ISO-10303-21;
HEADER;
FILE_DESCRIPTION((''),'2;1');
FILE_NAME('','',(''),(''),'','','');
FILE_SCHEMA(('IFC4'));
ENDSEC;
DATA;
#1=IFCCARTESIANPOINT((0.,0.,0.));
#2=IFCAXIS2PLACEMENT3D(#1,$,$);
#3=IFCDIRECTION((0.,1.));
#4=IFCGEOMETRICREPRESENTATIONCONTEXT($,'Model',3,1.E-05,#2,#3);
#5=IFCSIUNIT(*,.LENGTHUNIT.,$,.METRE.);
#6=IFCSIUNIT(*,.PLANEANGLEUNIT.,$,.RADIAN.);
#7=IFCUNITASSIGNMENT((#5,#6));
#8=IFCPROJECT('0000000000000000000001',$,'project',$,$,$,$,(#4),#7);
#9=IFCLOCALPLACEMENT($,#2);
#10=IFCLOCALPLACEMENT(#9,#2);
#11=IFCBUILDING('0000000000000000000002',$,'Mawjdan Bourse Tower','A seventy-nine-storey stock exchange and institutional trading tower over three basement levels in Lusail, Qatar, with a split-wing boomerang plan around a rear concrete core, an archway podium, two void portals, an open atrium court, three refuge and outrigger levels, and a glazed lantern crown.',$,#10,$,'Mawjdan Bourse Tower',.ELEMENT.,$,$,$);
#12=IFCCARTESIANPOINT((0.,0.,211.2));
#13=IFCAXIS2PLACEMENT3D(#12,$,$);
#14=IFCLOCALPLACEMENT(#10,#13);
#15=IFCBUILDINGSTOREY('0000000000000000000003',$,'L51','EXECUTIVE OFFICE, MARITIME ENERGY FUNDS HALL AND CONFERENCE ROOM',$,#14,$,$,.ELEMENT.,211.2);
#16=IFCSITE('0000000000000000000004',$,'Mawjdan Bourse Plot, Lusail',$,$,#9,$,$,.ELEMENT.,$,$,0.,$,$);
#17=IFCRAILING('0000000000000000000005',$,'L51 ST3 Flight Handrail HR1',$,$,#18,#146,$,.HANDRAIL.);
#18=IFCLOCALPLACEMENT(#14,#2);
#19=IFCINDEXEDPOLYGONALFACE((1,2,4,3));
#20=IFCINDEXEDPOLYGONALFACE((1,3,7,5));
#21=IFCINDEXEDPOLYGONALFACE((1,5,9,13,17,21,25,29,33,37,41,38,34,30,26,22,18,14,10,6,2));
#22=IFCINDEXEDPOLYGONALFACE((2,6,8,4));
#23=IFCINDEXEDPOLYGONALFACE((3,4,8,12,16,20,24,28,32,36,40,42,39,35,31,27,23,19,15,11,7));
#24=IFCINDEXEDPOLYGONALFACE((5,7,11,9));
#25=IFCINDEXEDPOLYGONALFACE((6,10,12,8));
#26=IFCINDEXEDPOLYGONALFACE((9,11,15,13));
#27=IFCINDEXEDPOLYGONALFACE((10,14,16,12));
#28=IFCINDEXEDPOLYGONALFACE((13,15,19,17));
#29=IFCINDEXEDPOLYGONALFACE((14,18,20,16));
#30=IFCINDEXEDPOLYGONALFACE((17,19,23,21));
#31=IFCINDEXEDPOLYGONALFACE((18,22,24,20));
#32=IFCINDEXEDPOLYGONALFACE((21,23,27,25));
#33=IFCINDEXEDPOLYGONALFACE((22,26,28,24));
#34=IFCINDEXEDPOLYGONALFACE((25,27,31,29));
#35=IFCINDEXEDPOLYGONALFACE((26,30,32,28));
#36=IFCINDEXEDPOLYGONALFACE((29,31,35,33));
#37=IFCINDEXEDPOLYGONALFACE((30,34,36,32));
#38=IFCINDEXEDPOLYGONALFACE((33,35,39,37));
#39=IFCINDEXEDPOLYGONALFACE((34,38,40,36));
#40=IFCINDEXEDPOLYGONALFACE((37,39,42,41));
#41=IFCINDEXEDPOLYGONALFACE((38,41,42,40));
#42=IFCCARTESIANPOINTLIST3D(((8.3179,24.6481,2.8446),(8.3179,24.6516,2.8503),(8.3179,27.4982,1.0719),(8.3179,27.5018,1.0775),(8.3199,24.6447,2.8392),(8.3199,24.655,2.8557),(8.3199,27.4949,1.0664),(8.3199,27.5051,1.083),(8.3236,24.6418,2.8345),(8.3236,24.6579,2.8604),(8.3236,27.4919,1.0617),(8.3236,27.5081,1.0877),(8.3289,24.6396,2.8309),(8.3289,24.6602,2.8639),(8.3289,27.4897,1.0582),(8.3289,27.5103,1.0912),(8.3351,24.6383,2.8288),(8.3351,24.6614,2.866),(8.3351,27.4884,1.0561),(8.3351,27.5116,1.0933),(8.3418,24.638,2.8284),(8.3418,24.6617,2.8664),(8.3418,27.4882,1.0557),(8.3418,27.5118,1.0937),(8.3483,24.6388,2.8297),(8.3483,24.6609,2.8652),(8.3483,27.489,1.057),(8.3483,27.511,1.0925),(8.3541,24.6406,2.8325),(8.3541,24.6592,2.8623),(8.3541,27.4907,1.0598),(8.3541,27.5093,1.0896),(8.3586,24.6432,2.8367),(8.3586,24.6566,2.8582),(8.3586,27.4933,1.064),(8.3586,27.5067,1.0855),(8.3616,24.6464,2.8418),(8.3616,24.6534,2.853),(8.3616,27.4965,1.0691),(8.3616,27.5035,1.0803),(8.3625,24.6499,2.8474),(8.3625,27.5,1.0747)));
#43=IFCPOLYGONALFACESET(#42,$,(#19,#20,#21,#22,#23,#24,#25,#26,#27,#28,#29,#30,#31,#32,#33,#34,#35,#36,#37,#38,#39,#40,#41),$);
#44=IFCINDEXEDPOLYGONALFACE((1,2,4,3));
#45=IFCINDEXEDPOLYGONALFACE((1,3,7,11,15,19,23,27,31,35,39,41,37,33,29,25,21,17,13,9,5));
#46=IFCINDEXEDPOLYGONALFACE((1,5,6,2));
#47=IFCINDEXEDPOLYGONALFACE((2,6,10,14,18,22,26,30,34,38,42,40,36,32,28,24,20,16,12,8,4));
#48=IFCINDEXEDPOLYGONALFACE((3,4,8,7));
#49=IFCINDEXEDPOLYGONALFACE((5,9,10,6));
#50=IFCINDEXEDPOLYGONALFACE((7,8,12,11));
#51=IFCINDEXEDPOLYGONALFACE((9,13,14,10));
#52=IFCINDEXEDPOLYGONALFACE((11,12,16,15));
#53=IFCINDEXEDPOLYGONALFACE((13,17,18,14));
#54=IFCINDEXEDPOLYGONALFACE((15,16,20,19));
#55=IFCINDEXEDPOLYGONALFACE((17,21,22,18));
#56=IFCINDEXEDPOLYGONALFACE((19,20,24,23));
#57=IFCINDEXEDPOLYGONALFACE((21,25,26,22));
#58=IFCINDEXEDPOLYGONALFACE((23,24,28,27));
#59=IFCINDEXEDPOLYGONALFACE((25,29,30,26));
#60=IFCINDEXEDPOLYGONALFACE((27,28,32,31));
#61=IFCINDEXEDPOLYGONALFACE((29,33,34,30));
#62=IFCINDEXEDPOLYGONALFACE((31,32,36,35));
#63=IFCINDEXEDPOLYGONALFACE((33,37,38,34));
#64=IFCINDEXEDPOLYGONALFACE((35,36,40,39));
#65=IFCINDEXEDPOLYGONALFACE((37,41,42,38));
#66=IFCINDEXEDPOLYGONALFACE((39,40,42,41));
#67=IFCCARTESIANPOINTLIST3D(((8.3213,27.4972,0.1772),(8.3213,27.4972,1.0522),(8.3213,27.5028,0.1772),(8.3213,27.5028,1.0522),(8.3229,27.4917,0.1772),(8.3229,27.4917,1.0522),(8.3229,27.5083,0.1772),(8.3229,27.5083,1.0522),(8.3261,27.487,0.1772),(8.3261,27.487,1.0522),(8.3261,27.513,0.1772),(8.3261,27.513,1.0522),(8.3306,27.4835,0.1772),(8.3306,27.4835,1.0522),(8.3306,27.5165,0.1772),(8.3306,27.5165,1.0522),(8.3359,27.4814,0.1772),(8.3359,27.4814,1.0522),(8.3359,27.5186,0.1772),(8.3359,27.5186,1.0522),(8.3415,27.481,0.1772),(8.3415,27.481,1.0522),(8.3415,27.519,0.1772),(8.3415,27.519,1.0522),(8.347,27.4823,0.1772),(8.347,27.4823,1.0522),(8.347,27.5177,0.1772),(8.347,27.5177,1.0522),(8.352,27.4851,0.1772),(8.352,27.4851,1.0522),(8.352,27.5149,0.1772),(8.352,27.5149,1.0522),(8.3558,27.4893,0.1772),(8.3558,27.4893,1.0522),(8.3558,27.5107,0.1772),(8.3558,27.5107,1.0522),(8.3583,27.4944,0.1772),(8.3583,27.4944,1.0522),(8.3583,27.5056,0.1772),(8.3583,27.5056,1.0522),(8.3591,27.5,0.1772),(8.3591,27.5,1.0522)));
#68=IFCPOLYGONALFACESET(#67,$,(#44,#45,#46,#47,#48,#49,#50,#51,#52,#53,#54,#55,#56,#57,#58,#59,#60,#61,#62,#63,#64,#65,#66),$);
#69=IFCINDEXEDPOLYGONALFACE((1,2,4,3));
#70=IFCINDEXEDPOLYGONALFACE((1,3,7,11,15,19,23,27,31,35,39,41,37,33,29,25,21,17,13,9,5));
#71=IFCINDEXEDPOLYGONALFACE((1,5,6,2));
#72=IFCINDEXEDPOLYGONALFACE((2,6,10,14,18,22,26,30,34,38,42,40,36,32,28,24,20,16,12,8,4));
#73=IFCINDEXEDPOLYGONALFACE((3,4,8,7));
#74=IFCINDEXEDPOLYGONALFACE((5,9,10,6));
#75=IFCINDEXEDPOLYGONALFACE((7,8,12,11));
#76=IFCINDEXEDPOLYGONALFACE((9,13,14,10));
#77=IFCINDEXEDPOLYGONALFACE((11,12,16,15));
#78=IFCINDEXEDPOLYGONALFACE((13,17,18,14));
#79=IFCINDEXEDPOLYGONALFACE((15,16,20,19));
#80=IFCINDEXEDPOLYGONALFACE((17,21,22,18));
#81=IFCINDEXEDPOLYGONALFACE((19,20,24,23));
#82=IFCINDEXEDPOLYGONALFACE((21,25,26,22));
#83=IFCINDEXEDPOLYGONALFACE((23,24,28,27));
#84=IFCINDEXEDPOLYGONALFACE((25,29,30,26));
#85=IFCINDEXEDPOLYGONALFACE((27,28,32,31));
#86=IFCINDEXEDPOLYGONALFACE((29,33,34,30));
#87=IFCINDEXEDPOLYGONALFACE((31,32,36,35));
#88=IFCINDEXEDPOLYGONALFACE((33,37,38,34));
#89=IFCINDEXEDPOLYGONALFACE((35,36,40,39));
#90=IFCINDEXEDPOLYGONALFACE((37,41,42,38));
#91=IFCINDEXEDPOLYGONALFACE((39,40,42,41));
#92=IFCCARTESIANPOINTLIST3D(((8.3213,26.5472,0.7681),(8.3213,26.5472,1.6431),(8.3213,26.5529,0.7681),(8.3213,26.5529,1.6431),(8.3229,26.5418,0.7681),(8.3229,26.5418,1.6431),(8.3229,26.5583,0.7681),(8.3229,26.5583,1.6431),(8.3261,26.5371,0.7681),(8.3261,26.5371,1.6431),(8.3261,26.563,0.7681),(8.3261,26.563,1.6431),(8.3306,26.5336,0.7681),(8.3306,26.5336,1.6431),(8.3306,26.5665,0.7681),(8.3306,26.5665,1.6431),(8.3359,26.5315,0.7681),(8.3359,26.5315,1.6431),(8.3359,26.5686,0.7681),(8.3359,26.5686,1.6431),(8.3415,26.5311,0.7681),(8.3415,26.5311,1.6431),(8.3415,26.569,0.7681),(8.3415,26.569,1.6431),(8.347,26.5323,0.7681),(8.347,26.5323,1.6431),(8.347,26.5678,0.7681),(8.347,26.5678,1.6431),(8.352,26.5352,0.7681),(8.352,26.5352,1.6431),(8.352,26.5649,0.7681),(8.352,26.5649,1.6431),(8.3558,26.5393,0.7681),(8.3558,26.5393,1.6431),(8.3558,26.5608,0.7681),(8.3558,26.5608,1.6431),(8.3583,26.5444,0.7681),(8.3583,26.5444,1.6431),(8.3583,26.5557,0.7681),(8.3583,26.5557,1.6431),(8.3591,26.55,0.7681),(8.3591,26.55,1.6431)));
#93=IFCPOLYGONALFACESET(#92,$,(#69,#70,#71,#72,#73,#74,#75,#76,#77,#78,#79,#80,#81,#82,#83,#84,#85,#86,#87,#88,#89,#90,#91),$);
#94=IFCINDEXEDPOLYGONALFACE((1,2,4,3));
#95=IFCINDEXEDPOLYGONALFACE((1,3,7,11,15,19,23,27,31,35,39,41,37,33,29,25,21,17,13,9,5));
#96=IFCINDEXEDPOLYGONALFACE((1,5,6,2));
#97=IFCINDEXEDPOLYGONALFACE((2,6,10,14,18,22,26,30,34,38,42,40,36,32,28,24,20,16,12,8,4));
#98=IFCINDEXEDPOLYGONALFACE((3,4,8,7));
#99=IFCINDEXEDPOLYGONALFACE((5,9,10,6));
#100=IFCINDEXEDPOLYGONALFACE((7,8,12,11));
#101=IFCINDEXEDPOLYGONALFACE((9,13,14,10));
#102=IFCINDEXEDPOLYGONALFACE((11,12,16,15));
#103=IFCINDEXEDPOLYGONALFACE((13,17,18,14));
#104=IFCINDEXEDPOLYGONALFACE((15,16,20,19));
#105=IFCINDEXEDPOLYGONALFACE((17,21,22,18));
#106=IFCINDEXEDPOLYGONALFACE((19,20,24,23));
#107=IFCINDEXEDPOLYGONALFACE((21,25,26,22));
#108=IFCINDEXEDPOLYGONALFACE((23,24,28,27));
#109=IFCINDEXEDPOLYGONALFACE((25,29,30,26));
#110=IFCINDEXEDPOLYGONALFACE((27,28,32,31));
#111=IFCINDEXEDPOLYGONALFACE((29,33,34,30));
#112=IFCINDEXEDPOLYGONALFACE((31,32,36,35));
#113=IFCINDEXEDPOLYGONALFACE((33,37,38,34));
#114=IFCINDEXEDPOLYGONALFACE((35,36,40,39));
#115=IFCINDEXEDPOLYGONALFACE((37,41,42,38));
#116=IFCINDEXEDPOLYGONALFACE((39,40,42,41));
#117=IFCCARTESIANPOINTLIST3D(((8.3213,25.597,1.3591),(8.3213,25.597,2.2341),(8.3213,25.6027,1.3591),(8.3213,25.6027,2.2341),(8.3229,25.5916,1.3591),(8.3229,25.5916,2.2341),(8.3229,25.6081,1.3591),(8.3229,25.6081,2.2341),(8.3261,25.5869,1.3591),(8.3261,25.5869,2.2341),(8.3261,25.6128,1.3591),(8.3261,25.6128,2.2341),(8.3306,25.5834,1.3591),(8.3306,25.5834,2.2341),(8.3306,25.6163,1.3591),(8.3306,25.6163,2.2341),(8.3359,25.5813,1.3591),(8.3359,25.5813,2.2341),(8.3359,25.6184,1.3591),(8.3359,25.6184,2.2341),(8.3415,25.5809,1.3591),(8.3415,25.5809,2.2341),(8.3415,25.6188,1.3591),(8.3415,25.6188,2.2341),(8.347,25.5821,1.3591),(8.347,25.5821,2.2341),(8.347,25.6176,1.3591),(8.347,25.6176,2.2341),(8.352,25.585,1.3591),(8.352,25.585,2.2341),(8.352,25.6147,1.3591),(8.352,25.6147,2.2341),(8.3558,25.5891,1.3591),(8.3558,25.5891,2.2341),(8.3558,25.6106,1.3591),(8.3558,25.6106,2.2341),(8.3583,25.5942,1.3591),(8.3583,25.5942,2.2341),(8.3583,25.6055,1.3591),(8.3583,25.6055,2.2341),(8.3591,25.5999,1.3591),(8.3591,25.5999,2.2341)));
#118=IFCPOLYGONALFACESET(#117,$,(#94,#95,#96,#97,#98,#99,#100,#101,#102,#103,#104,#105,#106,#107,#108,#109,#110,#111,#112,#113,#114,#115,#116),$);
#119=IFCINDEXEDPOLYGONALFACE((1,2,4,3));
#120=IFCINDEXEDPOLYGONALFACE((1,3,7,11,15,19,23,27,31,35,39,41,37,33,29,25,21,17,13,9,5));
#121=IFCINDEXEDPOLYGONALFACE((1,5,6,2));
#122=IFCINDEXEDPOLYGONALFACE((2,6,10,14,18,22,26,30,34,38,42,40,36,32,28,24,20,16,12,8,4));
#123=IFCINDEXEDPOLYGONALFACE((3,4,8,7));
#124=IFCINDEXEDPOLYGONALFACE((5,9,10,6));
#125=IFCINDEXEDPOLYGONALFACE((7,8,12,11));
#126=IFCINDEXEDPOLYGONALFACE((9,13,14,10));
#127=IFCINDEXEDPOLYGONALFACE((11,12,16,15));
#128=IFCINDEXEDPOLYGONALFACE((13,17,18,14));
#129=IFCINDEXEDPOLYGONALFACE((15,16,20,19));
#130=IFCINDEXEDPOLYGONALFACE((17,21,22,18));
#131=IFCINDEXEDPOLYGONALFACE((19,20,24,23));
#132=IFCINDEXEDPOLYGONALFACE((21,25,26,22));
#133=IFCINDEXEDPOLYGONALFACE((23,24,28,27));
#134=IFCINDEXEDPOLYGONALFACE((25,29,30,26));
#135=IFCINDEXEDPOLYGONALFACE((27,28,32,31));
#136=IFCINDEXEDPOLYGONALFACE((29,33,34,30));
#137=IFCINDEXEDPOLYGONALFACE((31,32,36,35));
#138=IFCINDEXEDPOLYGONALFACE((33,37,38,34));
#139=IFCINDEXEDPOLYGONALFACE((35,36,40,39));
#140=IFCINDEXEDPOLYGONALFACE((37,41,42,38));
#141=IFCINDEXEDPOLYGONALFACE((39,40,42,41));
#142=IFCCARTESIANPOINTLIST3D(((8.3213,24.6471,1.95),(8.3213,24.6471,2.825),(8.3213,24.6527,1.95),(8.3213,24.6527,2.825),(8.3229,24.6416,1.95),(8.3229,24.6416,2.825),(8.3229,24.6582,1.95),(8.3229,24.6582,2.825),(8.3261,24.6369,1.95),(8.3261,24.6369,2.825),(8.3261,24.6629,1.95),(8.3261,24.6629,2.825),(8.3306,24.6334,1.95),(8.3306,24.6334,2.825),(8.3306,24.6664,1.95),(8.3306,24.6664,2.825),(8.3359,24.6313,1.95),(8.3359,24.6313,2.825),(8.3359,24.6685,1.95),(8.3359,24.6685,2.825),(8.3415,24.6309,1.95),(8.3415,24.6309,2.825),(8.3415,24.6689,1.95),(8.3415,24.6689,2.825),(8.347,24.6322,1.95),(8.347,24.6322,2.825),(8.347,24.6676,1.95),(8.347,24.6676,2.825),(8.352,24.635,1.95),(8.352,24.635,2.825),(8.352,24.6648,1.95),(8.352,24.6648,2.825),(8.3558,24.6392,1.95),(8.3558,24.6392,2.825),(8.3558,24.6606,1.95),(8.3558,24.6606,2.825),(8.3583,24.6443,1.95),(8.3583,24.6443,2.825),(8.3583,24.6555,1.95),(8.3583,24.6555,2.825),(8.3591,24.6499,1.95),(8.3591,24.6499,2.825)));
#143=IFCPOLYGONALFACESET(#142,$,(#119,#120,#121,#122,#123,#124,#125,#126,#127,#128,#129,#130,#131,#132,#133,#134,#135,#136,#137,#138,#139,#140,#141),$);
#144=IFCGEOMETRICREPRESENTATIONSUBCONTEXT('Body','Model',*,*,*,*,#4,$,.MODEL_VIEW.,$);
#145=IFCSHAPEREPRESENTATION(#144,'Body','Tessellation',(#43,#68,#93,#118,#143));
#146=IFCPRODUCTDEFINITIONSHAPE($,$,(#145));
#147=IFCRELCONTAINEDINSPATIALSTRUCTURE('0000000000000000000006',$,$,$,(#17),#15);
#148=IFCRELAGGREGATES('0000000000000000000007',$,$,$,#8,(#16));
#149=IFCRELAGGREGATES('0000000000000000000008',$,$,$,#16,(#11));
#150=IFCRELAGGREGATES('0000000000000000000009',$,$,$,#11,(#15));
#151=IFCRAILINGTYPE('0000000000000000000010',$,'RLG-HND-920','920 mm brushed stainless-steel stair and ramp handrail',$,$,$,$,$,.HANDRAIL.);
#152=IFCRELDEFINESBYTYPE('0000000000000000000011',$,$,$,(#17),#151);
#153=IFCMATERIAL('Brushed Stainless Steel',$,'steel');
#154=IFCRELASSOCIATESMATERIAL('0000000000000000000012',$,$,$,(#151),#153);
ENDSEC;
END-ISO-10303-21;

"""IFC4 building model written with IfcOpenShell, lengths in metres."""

from ifc_helpers import new_model, si_unit, direction, frame, origin, origin_2d, place, context, subcontext, project, spatial, circle, extrude, material, type_object, element, save


model = new_model("IFC4")

# Units and contexts
model_context = context("Model", 3, precision=1e-05, world=origin(), true_north=direction((0.0, 1.0)))
body_context = subcontext(model_context, "Body", "Model", "MODEL_VIEW")
ifc_project = project(units=[si_unit("LENGTHUNIT", "METRE"), si_unit("PLANEANGLEUNIT", "RADIAN")], contexts=[model_context])

# Site, building, storey
site_placement = place(None, origin())
site = spatial("IfcSite", under=ifc_project, at=site_placement, Name="Mawjdan Bourse Plot, Lusail", CompositionType="ELEMENT", RefElevation=0.0)
building_placement = place(site_placement, origin())
building = spatial("IfcBuilding", under=site, at=building_placement, Name="Mawjdan Bourse Tower", Description="A seventy-nine-storey stock exchange and institutional trading tower over three basement levels in Lusail, Qatar, with a split-wing boomerang plan around a rear concrete core, an archway podium, two void portals, an open atrium court, three refuge and outrigger levels, and a glazed lantern crown.", LongName="Mawjdan Bourse Tower", CompositionType="ELEMENT")
storey_placement = place(building_placement, frame((0.0, 0.0, 211.2)))
storey = spatial("IfcBuildingStorey", under=building, at=storey_placement, Name="L51", Description="EXECUTIVE OFFICE, MARITIME ENERGY FUNDS HALL AND CONFERENCE ROOM", CompositionType="ELEMENT", Elevation=211.2)

# Railing
ifc_material_1 = material(Name="Brushed Stainless Steel", Category="steel")
railing_type_1 = type_object("IfcRailingType", Name="RLG-HND-920", Description="920 mm brushed stainless-steel stair and ramp handrail", PredefinedType="HANDRAIL", material=ifc_material_1)
railing_placement = place(storey_placement, frame((8.3401, 27.5, 0.1772)))
element("IfcRailing", 1, at=railing_placement, inside=storey, type_object=railing_type_1, Name="L51 ST3 Flight Handrail HR1", PredefinedType="HANDRAIL", context=body_context, shape_type="SweptSolid", body=[
    extrude(circle(Radius=0.0225, at=origin_2d()), frame((0.0, 0.0, 0.8975), z_axis=(0.0, -0.849149, 0.528154), x_axis=(1.0, 0.0, 0.0)), (0.0, 0.0, 1.0), 3.3564),
    extrude(circle(Radius=0.019, at=origin_2d()), origin(), (0.0, 0.0, 1.0), 0.875),
    extrude(circle(Radius=0.019, at=origin_2d()), frame((0.0, -0.95, 0.5908)), (0.0, 0.0, 1.0), 0.875),
    extrude(circle(Radius=0.019, at=origin_2d()), frame((0.0, -1.9001, 1.1819)), (0.0, 0.0, 1.0), 0.875),
    extrude(circle(Radius=0.019, at=origin_2d()), frame((0.0, -2.8501, 1.7727)), (0.0, 0.0, 1.0), 0.875),
])

save(model, "model.ifc")
